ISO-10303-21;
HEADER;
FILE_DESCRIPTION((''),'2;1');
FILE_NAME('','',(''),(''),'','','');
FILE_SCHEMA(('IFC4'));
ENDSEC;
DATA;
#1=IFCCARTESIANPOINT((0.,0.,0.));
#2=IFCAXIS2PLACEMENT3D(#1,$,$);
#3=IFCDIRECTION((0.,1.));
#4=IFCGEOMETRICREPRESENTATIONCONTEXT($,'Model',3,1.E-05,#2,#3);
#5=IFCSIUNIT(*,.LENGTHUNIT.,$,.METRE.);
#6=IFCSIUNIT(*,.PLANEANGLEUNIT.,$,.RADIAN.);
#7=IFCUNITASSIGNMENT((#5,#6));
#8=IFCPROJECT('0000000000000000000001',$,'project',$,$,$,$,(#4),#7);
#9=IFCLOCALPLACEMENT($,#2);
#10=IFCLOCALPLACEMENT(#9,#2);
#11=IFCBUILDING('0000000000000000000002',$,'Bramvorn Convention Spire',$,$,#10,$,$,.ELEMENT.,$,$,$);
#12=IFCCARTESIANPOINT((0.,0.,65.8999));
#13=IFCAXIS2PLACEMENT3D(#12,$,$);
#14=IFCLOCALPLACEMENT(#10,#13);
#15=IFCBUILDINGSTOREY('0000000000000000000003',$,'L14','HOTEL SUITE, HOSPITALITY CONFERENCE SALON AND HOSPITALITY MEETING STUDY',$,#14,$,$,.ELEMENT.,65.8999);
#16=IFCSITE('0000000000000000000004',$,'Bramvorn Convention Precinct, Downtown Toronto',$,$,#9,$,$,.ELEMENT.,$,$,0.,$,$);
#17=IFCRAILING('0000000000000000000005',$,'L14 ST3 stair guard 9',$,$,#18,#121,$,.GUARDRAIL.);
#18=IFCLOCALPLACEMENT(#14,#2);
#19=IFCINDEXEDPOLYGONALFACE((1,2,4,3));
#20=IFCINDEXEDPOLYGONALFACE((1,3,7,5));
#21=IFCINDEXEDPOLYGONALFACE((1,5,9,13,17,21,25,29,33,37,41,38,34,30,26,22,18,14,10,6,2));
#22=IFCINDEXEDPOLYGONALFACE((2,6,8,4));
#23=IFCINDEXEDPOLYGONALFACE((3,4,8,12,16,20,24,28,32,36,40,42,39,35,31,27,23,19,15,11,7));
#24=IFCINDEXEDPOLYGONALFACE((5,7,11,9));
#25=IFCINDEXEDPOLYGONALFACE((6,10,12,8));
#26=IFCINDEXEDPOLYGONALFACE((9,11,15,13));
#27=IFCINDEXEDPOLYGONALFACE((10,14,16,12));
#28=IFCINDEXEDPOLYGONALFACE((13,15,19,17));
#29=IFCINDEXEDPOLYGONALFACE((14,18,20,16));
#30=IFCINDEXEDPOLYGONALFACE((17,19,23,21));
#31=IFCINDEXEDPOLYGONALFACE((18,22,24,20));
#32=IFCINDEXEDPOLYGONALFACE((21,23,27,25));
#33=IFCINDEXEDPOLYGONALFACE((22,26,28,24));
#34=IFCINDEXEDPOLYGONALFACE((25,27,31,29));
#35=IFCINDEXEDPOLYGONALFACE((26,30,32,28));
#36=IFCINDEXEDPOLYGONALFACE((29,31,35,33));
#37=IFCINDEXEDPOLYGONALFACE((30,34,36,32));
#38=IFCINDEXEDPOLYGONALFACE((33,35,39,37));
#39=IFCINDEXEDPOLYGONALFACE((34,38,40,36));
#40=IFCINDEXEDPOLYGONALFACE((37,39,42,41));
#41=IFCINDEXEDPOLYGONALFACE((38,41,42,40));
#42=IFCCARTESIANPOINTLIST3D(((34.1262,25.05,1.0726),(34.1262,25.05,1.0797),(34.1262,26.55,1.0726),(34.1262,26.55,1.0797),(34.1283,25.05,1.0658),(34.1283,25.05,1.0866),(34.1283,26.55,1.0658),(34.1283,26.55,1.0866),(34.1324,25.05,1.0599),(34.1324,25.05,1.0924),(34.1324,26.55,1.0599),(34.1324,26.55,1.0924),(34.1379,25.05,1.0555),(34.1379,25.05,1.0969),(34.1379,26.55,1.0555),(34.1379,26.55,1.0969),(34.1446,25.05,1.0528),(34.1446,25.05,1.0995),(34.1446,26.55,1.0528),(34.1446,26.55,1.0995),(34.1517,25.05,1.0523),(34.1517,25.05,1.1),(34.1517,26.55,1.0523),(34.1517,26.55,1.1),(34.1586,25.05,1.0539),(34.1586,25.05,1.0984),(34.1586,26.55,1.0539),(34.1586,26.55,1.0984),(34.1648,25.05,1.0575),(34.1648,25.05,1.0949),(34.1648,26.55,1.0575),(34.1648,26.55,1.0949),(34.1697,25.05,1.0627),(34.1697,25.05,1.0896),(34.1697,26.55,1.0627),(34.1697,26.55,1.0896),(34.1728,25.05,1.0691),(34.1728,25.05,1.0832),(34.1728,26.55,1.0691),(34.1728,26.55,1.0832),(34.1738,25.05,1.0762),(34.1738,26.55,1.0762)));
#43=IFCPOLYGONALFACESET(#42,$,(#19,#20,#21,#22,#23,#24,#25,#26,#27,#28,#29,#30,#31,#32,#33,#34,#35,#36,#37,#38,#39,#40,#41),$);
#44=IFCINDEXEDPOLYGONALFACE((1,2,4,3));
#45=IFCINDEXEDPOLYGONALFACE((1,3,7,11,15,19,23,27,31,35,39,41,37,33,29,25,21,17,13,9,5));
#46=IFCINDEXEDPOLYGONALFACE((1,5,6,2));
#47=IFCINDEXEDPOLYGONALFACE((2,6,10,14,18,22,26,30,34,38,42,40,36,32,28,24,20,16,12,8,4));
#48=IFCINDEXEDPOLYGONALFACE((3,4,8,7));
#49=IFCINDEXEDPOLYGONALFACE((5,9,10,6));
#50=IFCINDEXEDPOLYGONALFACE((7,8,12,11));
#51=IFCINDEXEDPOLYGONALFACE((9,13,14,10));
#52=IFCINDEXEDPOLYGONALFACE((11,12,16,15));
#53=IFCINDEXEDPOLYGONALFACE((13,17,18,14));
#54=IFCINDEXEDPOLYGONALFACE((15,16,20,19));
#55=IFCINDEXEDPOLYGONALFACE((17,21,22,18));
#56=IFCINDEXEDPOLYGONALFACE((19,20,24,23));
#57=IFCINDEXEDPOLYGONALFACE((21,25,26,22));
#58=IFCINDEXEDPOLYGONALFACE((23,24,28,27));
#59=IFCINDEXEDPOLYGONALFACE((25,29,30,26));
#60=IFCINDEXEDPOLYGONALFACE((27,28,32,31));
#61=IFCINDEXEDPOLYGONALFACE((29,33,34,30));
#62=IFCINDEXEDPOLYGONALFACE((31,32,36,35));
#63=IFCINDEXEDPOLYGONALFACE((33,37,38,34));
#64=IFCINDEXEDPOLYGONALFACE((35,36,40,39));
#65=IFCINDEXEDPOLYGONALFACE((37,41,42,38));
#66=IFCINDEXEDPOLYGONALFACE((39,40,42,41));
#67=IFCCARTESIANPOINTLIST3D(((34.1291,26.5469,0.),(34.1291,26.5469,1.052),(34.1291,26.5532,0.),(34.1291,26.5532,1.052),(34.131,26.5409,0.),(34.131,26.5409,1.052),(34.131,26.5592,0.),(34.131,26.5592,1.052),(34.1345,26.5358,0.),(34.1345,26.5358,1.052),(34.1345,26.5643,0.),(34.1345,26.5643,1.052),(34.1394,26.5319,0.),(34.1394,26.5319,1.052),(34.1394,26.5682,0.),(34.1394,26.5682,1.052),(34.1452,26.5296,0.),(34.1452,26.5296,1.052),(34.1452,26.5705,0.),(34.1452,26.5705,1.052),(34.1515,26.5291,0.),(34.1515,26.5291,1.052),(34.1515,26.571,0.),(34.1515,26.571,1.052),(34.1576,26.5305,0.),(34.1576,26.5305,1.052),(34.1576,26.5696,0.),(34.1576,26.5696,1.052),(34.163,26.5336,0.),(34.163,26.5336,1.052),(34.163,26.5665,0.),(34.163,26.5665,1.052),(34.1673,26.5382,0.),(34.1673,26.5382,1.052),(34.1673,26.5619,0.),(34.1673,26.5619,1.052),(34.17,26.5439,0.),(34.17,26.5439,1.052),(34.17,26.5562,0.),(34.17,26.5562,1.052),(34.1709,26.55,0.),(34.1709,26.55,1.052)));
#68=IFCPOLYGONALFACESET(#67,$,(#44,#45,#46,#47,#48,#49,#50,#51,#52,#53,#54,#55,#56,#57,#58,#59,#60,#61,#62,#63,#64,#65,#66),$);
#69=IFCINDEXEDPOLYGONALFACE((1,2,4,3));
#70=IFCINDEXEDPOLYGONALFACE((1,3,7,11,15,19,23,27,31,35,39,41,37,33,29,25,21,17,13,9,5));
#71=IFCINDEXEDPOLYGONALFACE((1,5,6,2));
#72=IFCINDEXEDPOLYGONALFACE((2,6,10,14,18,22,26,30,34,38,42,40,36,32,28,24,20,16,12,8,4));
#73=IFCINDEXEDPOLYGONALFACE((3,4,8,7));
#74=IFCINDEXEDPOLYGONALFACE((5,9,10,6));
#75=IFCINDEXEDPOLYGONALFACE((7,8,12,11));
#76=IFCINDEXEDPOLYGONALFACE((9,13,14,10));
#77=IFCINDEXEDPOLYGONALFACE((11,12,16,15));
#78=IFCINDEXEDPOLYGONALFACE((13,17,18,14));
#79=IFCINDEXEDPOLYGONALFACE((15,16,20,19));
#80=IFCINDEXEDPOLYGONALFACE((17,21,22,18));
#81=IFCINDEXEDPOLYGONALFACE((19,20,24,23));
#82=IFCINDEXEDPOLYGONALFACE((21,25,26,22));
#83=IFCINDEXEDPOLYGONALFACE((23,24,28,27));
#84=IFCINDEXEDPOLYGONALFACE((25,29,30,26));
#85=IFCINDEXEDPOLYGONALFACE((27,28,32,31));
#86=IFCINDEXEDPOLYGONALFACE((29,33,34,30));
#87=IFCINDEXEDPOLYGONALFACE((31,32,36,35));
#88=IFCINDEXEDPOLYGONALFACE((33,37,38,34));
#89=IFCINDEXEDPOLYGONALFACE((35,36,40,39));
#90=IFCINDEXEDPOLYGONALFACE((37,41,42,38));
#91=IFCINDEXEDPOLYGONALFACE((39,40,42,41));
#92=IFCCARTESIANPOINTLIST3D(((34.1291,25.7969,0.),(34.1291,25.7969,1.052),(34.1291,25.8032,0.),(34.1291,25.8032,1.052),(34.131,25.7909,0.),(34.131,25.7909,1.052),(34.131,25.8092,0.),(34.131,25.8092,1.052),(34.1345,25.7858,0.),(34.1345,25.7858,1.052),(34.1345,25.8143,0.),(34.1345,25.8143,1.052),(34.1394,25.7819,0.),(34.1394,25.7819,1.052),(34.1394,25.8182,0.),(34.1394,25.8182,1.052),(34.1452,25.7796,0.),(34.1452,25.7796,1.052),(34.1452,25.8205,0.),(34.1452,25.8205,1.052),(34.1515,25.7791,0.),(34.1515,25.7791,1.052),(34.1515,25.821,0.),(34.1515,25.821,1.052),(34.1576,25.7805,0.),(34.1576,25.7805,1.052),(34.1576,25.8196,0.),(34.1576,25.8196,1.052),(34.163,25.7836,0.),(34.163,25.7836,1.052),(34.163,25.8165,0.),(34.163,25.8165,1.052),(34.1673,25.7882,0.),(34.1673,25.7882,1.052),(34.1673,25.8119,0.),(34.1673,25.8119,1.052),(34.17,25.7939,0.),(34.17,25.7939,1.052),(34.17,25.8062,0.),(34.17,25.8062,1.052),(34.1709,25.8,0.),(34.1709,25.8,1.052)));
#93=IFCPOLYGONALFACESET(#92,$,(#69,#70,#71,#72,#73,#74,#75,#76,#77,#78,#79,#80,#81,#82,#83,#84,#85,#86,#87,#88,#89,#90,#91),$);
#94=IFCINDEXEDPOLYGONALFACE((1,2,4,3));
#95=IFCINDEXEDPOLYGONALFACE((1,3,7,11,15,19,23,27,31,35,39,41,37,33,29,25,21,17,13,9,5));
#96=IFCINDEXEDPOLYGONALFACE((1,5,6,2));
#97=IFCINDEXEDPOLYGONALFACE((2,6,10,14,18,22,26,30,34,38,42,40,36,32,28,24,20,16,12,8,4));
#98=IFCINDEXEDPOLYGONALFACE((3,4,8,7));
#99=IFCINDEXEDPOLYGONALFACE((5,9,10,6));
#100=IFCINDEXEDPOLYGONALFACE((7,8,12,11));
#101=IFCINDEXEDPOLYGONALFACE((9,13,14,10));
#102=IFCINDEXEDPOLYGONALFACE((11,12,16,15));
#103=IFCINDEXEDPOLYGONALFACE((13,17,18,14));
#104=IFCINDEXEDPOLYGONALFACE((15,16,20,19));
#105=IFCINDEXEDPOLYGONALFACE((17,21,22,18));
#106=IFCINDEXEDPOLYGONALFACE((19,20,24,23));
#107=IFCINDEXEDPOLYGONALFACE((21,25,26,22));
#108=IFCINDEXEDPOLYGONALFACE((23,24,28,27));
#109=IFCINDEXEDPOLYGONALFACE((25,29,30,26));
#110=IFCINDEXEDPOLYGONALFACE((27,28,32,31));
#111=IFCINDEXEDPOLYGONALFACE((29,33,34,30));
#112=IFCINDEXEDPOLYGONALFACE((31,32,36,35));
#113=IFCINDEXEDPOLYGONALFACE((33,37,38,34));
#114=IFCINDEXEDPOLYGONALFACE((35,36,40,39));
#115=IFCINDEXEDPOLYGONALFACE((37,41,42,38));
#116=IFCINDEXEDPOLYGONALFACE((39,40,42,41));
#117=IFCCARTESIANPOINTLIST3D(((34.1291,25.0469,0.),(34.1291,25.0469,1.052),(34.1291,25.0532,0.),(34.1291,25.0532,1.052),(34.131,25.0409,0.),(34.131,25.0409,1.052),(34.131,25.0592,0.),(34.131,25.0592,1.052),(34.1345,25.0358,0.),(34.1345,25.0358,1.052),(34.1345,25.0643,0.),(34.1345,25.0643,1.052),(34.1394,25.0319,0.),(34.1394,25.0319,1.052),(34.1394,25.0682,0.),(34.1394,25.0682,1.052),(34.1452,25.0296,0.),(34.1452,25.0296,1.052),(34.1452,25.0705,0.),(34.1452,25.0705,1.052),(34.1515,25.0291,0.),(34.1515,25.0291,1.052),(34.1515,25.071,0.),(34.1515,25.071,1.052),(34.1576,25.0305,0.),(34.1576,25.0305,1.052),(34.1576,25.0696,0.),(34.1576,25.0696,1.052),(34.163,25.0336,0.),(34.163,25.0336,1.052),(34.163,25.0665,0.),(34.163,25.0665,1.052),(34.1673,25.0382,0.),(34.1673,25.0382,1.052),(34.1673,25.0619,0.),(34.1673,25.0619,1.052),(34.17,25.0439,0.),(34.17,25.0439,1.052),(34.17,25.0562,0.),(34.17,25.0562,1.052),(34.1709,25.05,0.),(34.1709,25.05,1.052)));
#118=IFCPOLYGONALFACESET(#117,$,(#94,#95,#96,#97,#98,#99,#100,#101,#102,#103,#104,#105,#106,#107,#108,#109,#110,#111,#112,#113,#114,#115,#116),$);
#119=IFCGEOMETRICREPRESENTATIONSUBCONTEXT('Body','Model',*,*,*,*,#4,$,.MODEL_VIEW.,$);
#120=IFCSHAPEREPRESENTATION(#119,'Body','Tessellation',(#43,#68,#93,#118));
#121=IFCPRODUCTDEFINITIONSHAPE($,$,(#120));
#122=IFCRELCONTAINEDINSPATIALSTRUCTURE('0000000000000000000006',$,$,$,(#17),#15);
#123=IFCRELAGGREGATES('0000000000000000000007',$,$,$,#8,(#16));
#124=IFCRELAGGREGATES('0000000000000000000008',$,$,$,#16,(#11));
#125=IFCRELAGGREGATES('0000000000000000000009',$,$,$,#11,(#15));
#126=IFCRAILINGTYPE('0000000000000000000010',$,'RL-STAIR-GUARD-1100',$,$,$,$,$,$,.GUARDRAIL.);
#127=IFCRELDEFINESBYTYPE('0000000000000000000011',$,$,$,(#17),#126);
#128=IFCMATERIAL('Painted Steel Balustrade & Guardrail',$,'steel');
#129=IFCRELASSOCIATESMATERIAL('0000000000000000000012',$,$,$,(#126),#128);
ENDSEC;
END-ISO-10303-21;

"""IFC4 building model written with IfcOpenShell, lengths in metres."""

from ifc_helpers import new_model, si_unit, direction, frame, origin, origin_2d, place, context, subcontext, project, spatial, circle, extrude, material, type_object, element, save


model = new_model("IFC4")

# Units and contexts
model_context = context("Model", 3, precision=1e-05, world=origin(), true_north=direction((0.0, 1.0)))
body_context = subcontext(model_context, "Body", "Model", "MODEL_VIEW")
ifc_project = project(units=[si_unit("LENGTHUNIT", "METRE"), si_unit("PLANEANGLEUNIT", "RADIAN")], contexts=[model_context])

# Site, building, storey
site_placement = place(None, origin())
site = spatial("IfcSite", under=ifc_project, at=site_placement, Name="Bramvorn Convention Precinct, Downtown Toronto", CompositionType="ELEMENT", RefElevation=0.0)
building_placement = place(site_placement, origin())
building = spatial("IfcBuilding", under=site, at=building_placement, Name="Bramvorn Convention Spire", CompositionType="ELEMENT")
storey_placement = place(building_placement, frame((0.0, 0.0, 65.8999)))
storey = spatial("IfcBuildingStorey", under=building, at=storey_placement, Name="L14", Description="HOTEL SUITE, HOSPITALITY CONFERENCE SALON AND HOSPITALITY MEETING STUDY", CompositionType="ELEMENT", Elevation=65.8999)

# Railing
ifc_material_1 = material(Name="Painted Steel Balustrade & Guardrail", Category="steel")
railing_type_1 = type_object("IfcRailingType", Name="RL-STAIR-GUARD-1100", PredefinedType="GUARDRAIL", material=ifc_material_1)
railing_1_placement = place(storey_placement, frame((34.1499, 26.55, 0.0)))
element("IfcRailing", 1, at=railing_1_placement, inside=storey, type_object=railing_type_1, Name="L14 ST3 stair guard 9", PredefinedType="GUARDRAIL", context=body_context, shape_type="SweptSolid", body=[
    extrude(circle(Radius=0.0239, at=origin_2d()), frame((0.0, 0.0, 1.0762), z_axis=(0.0, -1.0, 0.0), x_axis=(1.0, 0.0, 0.0)), (0.0, 0.0, 1.0), 1.5),
    extrude(circle(Radius=0.021, at=origin_2d()), origin(), (0.0, 0.0, 1.0), 1.052),
    extrude(circle(Radius=0.021, at=origin_2d()), frame((0.0, -0.75, 0.0)), (0.0, 0.0, 1.0), 1.052),
    extrude(circle(Radius=0.021, at=origin_2d()), frame((0.0, -1.5, 0.0)), (0.0, 0.0, 1.0), 1.052),
])

save(model, "model.ifc")
